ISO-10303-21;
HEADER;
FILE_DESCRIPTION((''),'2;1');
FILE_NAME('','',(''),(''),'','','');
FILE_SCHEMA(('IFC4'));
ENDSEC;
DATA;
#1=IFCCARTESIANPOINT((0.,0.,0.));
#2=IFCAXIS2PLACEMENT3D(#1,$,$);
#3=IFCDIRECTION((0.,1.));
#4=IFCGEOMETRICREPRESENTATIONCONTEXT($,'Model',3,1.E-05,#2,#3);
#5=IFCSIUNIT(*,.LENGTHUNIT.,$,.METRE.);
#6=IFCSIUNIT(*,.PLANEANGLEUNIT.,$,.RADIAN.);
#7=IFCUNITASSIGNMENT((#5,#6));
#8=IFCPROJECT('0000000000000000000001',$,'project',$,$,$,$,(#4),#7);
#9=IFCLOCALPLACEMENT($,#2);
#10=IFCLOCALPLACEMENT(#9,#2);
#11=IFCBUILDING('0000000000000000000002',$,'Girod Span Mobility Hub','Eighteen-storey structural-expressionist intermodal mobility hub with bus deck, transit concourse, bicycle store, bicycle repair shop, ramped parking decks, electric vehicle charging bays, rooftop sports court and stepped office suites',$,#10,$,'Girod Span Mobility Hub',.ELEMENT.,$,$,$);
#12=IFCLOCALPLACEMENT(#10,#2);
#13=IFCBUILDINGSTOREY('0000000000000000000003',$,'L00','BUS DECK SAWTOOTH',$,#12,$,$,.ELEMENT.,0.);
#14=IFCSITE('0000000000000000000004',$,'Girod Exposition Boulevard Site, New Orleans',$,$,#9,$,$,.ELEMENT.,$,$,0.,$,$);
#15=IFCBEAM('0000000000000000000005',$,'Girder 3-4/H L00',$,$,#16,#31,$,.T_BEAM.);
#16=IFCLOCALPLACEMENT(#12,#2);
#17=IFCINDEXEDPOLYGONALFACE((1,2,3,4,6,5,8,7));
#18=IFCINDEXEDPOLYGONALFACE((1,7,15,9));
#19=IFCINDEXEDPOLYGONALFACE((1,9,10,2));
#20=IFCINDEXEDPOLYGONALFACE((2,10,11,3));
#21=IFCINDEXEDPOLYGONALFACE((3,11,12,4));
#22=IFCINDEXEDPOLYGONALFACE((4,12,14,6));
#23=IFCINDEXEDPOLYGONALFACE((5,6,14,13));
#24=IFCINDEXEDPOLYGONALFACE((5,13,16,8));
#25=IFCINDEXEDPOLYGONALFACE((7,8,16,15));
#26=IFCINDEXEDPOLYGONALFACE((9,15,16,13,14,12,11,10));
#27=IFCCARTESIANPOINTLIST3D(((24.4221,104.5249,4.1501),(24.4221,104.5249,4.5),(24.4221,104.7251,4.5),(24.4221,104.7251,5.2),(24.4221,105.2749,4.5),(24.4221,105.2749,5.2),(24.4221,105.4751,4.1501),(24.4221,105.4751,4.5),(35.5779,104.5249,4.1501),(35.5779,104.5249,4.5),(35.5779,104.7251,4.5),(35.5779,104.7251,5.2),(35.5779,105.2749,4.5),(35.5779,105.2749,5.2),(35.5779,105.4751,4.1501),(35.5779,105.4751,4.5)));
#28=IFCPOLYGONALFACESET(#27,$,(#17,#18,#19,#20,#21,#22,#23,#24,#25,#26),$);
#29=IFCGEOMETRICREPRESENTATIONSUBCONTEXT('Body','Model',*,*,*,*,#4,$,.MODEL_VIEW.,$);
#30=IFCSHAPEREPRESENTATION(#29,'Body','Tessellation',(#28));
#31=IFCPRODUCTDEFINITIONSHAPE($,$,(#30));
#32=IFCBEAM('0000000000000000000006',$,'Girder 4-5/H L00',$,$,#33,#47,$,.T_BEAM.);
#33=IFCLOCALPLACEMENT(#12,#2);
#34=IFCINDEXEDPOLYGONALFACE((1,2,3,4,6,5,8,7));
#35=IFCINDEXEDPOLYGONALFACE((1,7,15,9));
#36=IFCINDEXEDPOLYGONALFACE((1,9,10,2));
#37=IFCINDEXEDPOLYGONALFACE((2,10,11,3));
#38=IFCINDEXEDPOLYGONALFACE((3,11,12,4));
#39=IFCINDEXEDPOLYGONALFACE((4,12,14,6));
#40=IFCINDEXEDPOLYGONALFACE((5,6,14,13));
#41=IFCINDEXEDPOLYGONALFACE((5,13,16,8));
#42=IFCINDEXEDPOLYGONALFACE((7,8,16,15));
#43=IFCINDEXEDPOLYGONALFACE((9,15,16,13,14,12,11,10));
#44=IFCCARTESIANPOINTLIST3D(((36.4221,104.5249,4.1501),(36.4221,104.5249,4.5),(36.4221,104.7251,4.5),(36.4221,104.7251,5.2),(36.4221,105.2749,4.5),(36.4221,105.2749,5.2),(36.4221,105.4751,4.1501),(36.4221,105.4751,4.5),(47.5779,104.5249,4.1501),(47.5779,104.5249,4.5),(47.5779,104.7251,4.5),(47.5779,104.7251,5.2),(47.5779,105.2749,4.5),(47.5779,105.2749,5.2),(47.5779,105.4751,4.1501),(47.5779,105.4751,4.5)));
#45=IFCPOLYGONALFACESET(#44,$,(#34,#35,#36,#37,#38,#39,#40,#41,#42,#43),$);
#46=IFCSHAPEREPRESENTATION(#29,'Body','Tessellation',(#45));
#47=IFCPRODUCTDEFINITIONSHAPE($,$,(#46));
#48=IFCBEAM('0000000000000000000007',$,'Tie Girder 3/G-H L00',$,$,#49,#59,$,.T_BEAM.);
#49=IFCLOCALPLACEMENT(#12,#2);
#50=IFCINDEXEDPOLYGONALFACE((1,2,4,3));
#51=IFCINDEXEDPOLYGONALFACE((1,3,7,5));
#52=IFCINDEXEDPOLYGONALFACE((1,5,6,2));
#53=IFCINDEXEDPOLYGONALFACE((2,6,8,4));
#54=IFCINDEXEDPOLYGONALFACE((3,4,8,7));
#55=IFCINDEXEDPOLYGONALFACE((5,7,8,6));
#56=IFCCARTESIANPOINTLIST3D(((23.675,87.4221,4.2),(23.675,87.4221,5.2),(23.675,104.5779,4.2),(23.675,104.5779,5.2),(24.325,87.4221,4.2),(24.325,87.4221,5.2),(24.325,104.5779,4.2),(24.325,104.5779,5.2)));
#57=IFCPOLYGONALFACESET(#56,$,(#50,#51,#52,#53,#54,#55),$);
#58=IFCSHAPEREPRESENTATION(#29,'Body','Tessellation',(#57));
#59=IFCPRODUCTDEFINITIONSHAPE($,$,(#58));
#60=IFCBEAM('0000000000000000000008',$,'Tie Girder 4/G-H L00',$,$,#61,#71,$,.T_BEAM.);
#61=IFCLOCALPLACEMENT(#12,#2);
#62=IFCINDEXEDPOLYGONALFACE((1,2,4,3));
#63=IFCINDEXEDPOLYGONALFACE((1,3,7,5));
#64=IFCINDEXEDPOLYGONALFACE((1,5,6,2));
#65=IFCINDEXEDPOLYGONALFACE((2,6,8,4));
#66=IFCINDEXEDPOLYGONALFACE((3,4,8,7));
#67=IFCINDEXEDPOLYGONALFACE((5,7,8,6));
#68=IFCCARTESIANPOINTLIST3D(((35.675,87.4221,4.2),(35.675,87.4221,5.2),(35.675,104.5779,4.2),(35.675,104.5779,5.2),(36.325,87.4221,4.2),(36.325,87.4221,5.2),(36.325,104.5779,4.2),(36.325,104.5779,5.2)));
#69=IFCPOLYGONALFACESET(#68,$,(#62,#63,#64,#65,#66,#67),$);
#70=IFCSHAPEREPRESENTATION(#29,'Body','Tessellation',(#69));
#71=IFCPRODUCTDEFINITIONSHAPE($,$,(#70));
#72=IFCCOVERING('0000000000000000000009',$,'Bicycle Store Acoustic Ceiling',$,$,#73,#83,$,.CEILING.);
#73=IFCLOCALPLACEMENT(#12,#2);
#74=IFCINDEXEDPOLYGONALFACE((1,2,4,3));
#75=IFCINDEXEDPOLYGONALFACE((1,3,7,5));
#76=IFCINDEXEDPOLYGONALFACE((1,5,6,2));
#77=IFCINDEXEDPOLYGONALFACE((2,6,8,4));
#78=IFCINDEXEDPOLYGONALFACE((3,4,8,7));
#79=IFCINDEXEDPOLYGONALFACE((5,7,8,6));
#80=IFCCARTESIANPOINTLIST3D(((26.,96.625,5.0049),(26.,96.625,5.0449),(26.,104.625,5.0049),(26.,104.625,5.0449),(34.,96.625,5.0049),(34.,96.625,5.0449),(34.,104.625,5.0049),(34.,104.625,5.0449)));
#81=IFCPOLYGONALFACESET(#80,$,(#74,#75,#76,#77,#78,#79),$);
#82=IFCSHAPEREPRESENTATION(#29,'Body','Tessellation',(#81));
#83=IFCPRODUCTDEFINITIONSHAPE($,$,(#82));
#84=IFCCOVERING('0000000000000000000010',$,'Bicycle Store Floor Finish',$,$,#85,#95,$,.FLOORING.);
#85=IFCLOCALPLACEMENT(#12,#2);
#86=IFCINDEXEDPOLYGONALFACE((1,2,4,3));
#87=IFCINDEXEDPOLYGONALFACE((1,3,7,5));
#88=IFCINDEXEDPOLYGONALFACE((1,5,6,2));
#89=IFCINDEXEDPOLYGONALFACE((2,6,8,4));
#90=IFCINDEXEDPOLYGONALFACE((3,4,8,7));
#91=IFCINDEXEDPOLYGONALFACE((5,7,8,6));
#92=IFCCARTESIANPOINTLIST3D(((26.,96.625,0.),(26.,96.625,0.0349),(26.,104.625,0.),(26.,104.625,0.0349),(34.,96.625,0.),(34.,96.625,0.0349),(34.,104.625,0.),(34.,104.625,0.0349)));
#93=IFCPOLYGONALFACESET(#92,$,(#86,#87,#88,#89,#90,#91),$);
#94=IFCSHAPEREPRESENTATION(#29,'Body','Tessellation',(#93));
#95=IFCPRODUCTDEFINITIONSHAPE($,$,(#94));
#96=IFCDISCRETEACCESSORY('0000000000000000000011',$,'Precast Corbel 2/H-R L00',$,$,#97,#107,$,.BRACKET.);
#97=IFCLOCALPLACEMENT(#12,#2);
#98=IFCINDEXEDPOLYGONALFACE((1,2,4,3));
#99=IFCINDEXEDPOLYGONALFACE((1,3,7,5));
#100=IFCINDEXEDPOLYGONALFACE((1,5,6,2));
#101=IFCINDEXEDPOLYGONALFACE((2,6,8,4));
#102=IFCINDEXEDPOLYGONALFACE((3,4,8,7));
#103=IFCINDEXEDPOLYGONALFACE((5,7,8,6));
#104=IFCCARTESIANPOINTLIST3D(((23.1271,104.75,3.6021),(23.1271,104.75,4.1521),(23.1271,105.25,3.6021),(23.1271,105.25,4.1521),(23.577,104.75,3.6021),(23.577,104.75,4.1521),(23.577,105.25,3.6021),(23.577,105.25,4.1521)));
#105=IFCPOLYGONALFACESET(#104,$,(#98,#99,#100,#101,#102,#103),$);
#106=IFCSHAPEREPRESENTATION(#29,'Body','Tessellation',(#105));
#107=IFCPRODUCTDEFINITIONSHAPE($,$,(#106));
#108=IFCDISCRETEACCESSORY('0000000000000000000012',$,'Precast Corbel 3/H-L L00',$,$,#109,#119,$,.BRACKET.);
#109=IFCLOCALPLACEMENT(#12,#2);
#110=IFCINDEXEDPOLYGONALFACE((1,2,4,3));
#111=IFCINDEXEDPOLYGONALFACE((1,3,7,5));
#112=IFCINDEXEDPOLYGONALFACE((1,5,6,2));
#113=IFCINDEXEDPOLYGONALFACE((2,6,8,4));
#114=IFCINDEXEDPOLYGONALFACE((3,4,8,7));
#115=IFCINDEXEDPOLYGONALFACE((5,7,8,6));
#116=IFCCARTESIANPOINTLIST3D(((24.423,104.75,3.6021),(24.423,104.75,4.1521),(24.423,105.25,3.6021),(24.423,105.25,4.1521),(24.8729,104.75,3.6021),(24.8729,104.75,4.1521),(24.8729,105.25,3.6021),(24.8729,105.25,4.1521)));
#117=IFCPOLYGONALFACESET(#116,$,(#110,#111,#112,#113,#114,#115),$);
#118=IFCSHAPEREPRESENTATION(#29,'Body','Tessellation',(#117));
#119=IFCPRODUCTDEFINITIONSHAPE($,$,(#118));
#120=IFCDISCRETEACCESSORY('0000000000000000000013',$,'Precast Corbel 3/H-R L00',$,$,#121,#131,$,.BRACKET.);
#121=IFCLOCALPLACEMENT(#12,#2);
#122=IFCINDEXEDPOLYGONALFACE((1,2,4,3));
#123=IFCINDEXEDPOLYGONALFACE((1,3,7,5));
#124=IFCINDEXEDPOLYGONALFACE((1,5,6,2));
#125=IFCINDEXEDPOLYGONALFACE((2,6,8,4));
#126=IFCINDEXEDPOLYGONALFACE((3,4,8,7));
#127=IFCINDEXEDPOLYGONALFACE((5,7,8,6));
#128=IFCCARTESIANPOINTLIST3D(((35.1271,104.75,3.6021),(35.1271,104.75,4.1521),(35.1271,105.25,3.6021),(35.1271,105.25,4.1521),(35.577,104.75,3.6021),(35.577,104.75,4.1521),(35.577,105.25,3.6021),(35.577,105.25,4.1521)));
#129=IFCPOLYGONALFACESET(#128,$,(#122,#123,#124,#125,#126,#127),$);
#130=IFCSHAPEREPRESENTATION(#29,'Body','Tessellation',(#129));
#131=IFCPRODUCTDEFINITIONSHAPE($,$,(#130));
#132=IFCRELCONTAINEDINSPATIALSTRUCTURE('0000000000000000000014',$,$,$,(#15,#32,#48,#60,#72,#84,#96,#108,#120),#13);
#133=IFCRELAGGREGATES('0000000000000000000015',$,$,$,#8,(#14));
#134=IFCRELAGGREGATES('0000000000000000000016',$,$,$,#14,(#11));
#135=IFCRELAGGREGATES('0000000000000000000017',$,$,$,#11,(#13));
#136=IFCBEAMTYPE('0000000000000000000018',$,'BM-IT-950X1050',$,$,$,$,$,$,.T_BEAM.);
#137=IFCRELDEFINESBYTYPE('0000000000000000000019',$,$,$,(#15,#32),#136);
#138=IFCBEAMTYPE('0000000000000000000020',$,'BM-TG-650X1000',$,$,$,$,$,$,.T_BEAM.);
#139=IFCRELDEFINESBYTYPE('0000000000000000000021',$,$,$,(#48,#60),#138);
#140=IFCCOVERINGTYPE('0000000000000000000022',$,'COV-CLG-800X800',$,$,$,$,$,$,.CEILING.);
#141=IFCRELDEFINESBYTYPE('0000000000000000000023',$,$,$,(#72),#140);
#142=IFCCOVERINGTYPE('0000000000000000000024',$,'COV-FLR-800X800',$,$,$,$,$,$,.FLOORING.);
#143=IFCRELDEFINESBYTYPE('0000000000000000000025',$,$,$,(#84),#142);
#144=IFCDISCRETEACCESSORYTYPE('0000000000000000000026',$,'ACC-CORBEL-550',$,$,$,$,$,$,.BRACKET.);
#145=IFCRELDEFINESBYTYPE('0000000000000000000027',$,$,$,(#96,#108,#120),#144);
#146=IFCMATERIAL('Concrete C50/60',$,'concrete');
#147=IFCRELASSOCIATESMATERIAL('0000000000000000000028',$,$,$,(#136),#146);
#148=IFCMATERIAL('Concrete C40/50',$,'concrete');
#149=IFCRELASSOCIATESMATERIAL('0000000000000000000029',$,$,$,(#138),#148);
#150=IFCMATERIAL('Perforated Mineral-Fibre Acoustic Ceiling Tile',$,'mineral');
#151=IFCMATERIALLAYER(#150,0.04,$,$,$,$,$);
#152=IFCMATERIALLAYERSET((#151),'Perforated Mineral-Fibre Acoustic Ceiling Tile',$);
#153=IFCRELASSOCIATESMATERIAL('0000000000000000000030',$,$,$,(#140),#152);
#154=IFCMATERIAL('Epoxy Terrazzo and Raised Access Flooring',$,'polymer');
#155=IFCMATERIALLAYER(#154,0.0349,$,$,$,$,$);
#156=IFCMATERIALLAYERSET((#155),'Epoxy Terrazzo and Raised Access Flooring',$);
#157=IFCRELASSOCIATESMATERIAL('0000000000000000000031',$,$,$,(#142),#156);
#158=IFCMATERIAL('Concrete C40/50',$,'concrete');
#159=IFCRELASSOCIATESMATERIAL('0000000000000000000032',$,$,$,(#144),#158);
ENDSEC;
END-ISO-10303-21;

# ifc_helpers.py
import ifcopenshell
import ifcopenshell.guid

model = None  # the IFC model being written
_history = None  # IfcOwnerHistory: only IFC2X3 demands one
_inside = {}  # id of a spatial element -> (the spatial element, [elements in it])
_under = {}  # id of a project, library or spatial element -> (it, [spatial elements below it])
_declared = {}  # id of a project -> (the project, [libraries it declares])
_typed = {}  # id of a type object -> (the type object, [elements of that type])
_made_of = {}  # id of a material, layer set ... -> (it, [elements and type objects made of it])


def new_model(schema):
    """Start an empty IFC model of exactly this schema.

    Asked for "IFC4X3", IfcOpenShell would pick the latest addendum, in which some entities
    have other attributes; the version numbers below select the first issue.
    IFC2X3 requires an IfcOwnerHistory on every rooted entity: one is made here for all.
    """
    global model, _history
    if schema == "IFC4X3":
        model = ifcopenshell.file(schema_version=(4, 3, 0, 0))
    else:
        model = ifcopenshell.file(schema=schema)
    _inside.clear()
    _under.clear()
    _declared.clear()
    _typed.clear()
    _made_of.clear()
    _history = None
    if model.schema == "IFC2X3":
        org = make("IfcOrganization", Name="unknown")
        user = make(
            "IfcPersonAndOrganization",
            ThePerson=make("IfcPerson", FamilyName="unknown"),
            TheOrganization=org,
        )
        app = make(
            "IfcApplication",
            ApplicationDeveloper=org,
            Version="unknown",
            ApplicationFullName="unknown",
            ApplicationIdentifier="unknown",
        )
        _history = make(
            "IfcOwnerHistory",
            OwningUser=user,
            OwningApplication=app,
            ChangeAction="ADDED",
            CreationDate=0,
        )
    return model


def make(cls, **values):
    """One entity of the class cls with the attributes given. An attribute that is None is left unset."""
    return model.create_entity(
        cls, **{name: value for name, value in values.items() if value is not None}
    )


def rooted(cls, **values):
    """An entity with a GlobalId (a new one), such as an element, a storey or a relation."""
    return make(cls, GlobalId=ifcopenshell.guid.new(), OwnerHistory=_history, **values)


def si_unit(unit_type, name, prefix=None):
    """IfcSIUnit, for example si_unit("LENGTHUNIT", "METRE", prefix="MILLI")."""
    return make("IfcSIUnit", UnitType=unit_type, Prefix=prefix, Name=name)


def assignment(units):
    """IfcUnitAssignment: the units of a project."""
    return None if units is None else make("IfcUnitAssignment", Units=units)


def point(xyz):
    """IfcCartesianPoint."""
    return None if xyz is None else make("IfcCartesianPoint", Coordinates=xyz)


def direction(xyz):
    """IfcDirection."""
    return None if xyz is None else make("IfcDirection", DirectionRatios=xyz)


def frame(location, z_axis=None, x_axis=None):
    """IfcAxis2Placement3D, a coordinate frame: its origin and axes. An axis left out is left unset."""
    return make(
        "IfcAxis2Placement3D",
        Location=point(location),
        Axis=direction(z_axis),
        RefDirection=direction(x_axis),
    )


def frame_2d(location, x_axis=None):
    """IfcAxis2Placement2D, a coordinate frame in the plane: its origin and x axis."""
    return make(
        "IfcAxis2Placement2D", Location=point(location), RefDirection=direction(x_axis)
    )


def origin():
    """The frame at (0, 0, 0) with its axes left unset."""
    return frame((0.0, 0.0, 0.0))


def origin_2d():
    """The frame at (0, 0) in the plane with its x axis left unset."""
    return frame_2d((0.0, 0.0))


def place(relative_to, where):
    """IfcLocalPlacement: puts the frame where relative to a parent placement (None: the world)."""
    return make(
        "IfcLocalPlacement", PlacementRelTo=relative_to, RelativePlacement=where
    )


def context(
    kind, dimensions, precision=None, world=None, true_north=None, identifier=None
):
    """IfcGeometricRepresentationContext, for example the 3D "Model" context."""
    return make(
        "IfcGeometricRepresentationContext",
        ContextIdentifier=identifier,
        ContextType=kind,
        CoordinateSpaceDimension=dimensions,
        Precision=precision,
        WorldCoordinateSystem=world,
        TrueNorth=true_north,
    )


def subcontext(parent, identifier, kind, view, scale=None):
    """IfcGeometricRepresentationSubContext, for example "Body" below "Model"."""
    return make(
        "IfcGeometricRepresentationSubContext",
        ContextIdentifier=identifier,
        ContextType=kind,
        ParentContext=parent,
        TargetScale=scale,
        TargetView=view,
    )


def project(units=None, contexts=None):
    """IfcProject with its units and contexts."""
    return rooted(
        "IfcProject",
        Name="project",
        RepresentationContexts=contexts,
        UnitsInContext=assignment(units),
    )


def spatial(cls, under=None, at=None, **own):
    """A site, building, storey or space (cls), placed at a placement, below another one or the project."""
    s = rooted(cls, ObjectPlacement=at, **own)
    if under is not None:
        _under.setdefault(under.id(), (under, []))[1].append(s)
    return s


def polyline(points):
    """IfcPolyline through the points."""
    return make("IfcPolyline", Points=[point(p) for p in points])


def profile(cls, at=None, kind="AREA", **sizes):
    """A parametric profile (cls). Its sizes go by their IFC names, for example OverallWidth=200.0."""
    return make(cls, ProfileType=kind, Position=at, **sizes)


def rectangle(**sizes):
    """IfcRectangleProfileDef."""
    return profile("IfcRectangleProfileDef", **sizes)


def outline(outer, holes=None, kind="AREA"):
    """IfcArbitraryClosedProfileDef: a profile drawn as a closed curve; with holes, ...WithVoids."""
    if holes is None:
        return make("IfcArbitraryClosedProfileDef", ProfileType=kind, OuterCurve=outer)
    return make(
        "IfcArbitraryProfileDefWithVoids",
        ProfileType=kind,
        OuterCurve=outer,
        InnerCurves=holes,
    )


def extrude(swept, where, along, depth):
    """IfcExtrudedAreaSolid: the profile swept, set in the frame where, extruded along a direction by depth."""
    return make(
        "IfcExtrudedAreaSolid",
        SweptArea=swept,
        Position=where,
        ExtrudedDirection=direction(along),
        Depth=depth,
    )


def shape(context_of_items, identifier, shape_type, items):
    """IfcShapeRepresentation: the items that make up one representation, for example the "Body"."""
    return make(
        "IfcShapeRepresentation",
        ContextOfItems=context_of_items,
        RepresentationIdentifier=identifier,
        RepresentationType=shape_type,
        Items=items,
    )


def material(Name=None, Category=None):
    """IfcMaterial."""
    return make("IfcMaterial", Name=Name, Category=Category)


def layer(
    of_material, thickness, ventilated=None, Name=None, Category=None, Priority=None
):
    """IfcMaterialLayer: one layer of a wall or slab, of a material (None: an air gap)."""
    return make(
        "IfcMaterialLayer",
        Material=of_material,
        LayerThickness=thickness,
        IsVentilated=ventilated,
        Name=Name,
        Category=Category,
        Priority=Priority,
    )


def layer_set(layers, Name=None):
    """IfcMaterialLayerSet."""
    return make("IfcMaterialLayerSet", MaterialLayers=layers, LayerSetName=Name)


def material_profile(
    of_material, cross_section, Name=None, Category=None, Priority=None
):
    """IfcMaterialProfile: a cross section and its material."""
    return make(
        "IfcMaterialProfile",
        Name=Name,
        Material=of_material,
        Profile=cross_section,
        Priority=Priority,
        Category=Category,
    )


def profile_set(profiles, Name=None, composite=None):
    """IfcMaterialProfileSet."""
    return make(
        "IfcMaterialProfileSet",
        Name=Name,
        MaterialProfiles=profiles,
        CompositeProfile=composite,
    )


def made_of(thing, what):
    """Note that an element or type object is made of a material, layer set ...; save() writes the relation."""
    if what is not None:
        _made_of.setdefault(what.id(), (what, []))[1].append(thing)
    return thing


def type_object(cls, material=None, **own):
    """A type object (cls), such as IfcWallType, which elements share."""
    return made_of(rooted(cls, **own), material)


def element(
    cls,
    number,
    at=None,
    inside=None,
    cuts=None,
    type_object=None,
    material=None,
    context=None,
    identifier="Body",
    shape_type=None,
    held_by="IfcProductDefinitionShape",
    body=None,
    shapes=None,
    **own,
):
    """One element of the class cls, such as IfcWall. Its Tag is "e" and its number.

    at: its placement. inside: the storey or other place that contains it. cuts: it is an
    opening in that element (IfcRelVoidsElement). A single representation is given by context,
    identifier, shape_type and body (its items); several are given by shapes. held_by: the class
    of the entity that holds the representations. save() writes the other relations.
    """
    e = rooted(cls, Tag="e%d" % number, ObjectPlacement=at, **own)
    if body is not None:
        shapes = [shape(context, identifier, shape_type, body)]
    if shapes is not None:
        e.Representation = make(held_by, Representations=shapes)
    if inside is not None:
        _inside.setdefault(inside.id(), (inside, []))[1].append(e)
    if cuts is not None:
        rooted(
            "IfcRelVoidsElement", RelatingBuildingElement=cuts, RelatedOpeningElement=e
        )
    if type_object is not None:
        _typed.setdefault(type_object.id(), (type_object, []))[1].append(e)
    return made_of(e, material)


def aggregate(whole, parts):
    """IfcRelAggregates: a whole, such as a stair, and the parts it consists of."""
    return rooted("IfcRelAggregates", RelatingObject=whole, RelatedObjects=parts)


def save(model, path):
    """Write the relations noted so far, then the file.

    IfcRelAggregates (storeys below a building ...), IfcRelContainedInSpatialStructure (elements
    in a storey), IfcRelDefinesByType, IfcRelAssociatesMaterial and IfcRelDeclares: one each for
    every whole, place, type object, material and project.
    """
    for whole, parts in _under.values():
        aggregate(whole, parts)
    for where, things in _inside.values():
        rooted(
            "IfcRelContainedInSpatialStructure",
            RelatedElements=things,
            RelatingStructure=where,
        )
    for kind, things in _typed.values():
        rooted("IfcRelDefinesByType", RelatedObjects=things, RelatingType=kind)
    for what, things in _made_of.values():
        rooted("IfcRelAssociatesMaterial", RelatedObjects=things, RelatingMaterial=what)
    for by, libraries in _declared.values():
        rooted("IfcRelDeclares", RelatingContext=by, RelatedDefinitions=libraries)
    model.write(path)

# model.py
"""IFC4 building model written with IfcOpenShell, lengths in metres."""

from ifc_helpers import new_model, si_unit, direction, frame, origin, origin_2d, place, context, subcontext, project, spatial, polyline, rectangle, outline, extrude, material, layer, layer_set, material_profile, profile_set, type_object, element, save


model = new_model("IFC4")

# Units and contexts
model_context = context("Model", 3, precision=1e-05, world=origin(), true_north=direction((0.0, 1.0)))
body_context = subcontext(model_context, "Body", "Model", "MODEL_VIEW")
ifc_project = project(units=[si_unit("LENGTHUNIT", "METRE"), si_unit("PLANEANGLEUNIT", "RADIAN")], contexts=[model_context])

# Site, building, storey
site_placement = place(None, origin())
site = spatial("IfcSite", under=ifc_project, at=site_placement, Name="Girod Exposition Boulevard Site, New Orleans", CompositionType="ELEMENT", RefElevation=0.0)
building_placement = place(site_placement, origin())
building = spatial("IfcBuilding", under=site, at=building_placement, Name="Girod Span Mobility Hub", Description="Eighteen-storey structural-expressionist intermodal mobility hub with bus deck, transit concourse, bicycle store, bicycle repair shop, ramped parking decks, electric vehicle charging bays, rooftop sports court and stepped office suites", LongName="Girod Span Mobility Hub", CompositionType="ELEMENT")
storey_placement = place(building_placement, origin())
storey = spatial("IfcBuildingStorey", under=building, at=storey_placement, Name="L00", Description="BUS DECK SAWTOOTH", CompositionType="ELEMENT", Elevation=0.0)

# Beams
ifc_material_1 = material(Name="Concrete C50/60", Category="concrete")
ifc_material_profile_1 = material_profile(ifc_material_1, outline(polyline([(-0.4751, -0.5249), (0.4751, -0.5249), (0.4751, -0.175), (0.2749, -0.175), (0.2749, 0.5249), (-0.2749, 0.5249), (-0.2749, -0.175), (-0.4751, -0.175), (-0.4751, -0.5249)])), Name="IT-950X1050")
ifc_profile_set_1 = profile_set([ifc_material_profile_1], Name="Concrete C50/60")
beam_type_1 = type_object("IfcBeamType", Name="BM-IT-950X1050", PredefinedType="T_BEAM", material=ifc_profile_set_1)
for number, where, z_axis, x_axis, name in (
    (1, (24.4221, 105.0, 4.675), (1.0, 0.0, 0.0), (0.0, 1.0, 0.0), "Girder 3-4/H L00"),
    (2, (36.4221, 105.0, 4.675), (1.0, 0.0, 0.0), (0.0, 1.0, 0.0), "Girder 4-5/H L00"),
):
    element("IfcBeam", number, at=place(storey_placement, frame(where, z_axis=z_axis, x_axis=x_axis)), inside=storey, type_object=beam_type_1, Name=name, PredefinedType="T_BEAM", context=body_context, shape_type="SweptSolid", body=[
        extrude(outline(polyline([(-0.4751, -0.5249), (0.4751, -0.5249), (0.4751, -0.175), (0.2749, -0.175), (0.2749, 0.5249), (-0.2749, 0.5249), (-0.2749, -0.175), (-0.4751, -0.175), (-0.4751, -0.5249)])), origin(), (0.0, 0.0, 1.0), 11.1558),
    ])
ifc_material_2 = material(Name="Concrete C40/50", Category="concrete")
ifc_material_profile_2 = material_profile(ifc_material_2, rectangle(XDim=0.6499, YDim=1.0, at=origin_2d()), Name="TG-650X1000")
ifc_profile_set_2 = profile_set([ifc_material_profile_2], Name="Concrete C40/50")
beam_type_2 = type_object("IfcBeamType", Name="BM-TG-650X1000", PredefinedType="T_BEAM", material=ifc_profile_set_2)
for number, where, z_axis, x_axis, name in (
    (3, (24.0, 87.4221, 4.7), (0.0, 1.0, 0.0), (-1.0, 0.0, 0.0), "Tie Girder 3/G-H L00"),
    (4, (36.0, 87.4221, 4.7), (0.0, 1.0, 0.0), (-1.0, 0.0, 0.0), "Tie Girder 4/G-H L00"),
):
    element("IfcBeam", number, at=place(storey_placement, frame(where, z_axis=z_axis, x_axis=x_axis)), inside=storey, type_object=beam_type_2, Name=name, PredefinedType="T_BEAM", context=body_context, shape_type="SweptSolid", body=[
        extrude(rectangle(XDim=0.6499, YDim=1.0, at=origin_2d()), origin(), (0.0, 0.0, 1.0), 17.1558),
    ])

# Coverings
ifc_material_3 = material(Name="Perforated Mineral-Fibre Acoustic Ceiling Tile", Category="mineral")
ifc_layer_1 = layer(ifc_material_3, 0.04)
ifc_layer_set_1 = layer_set([ifc_layer_1], Name="Perforated Mineral-Fibre Acoustic Ceiling Tile")
covering_type_1 = type_object("IfcCoveringType", Name="COV-CLG-800X800", PredefinedType="CEILING", material=ifc_layer_set_1)
covering_1_placement = place(storey_placement, frame((30.0, 100.625, 5.0049), z_axis=(0.0, 0.0, 1.0), x_axis=(1.0, 0.0, 0.0)))
element("IfcCovering", 5, at=covering_1_placement, inside=storey, type_object=covering_type_1, Name="Bicycle Store Acoustic Ceiling", PredefinedType="CEILING", context=body_context, shape_type="SweptSolid", body=[
    extrude(rectangle(XDim=8.0, YDim=8.0, at=origin_2d()), origin(), (0.0, 0.0, 1.0), 0.04),
])
ifc_material_4 = material(Name="Epoxy Terrazzo and Raised Access Flooring", Category="polymer")
ifc_layer_2 = layer(ifc_material_4, 0.0349)
ifc_layer_set_2 = layer_set([ifc_layer_2], Name="Epoxy Terrazzo and Raised Access Flooring")
covering_type_2 = type_object("IfcCoveringType", Name="COV-FLR-800X800", PredefinedType="FLOORING", material=ifc_layer_set_2)
covering_2_placement = place(storey_placement, frame((30.0, 100.625, 0.0), z_axis=(0.0, 0.0, 1.0), x_axis=(1.0, 0.0, 0.0)))
element("IfcCovering", 6, at=covering_2_placement, inside=storey, type_object=covering_type_2, Name="Bicycle Store Floor Finish", PredefinedType="FLOORING", context=body_context, shape_type="SweptSolid", body=[
    extrude(rectangle(XDim=8.0, YDim=8.0, at=origin_2d()), origin(), (0.0, 0.0, 1.0), 0.0349),
])

# Discrete accessories
ifc_material_5 = material(Name="Concrete C40/50", Category="concrete")
discrete_accessory_type = type_object("IfcDiscreteAccessoryType", Name="ACC-CORBEL-550", PredefinedType="BRACKET", material=ifc_material_5)
for number, where, z_axis, x_axis, name in (
    (7, (23.3521, 105.0, 3.6021), (0.0, 0.0, 1.0), (1.0, 0.0, 0.0), "Precast Corbel 2/H-R L00"),
    (8, (24.6479, 105.0, 3.6021), (0.0, 0.0, 1.0), (1.0, 0.0, 0.0), "Precast Corbel 3/H-L L00"),
    (9, (35.3521, 105.0, 3.6021), (0.0, 0.0, 1.0), (1.0, 0.0, 0.0), "Precast Corbel 3/H-R L00"),
):
    element("IfcDiscreteAccessory", number, at=place(storey_placement, frame(where, z_axis=z_axis, x_axis=x_axis)), inside=storey, type_object=discrete_accessory_type, Name=name, PredefinedType="BRACKET", context=body_context, shape_type="SweptSolid", body=[
        extrude(rectangle(XDim=0.45, YDim=0.5, at=origin_2d()), origin(), (0.0, 0.0, 1.0), 0.55),
    ])

save(model, "model.ifc")
